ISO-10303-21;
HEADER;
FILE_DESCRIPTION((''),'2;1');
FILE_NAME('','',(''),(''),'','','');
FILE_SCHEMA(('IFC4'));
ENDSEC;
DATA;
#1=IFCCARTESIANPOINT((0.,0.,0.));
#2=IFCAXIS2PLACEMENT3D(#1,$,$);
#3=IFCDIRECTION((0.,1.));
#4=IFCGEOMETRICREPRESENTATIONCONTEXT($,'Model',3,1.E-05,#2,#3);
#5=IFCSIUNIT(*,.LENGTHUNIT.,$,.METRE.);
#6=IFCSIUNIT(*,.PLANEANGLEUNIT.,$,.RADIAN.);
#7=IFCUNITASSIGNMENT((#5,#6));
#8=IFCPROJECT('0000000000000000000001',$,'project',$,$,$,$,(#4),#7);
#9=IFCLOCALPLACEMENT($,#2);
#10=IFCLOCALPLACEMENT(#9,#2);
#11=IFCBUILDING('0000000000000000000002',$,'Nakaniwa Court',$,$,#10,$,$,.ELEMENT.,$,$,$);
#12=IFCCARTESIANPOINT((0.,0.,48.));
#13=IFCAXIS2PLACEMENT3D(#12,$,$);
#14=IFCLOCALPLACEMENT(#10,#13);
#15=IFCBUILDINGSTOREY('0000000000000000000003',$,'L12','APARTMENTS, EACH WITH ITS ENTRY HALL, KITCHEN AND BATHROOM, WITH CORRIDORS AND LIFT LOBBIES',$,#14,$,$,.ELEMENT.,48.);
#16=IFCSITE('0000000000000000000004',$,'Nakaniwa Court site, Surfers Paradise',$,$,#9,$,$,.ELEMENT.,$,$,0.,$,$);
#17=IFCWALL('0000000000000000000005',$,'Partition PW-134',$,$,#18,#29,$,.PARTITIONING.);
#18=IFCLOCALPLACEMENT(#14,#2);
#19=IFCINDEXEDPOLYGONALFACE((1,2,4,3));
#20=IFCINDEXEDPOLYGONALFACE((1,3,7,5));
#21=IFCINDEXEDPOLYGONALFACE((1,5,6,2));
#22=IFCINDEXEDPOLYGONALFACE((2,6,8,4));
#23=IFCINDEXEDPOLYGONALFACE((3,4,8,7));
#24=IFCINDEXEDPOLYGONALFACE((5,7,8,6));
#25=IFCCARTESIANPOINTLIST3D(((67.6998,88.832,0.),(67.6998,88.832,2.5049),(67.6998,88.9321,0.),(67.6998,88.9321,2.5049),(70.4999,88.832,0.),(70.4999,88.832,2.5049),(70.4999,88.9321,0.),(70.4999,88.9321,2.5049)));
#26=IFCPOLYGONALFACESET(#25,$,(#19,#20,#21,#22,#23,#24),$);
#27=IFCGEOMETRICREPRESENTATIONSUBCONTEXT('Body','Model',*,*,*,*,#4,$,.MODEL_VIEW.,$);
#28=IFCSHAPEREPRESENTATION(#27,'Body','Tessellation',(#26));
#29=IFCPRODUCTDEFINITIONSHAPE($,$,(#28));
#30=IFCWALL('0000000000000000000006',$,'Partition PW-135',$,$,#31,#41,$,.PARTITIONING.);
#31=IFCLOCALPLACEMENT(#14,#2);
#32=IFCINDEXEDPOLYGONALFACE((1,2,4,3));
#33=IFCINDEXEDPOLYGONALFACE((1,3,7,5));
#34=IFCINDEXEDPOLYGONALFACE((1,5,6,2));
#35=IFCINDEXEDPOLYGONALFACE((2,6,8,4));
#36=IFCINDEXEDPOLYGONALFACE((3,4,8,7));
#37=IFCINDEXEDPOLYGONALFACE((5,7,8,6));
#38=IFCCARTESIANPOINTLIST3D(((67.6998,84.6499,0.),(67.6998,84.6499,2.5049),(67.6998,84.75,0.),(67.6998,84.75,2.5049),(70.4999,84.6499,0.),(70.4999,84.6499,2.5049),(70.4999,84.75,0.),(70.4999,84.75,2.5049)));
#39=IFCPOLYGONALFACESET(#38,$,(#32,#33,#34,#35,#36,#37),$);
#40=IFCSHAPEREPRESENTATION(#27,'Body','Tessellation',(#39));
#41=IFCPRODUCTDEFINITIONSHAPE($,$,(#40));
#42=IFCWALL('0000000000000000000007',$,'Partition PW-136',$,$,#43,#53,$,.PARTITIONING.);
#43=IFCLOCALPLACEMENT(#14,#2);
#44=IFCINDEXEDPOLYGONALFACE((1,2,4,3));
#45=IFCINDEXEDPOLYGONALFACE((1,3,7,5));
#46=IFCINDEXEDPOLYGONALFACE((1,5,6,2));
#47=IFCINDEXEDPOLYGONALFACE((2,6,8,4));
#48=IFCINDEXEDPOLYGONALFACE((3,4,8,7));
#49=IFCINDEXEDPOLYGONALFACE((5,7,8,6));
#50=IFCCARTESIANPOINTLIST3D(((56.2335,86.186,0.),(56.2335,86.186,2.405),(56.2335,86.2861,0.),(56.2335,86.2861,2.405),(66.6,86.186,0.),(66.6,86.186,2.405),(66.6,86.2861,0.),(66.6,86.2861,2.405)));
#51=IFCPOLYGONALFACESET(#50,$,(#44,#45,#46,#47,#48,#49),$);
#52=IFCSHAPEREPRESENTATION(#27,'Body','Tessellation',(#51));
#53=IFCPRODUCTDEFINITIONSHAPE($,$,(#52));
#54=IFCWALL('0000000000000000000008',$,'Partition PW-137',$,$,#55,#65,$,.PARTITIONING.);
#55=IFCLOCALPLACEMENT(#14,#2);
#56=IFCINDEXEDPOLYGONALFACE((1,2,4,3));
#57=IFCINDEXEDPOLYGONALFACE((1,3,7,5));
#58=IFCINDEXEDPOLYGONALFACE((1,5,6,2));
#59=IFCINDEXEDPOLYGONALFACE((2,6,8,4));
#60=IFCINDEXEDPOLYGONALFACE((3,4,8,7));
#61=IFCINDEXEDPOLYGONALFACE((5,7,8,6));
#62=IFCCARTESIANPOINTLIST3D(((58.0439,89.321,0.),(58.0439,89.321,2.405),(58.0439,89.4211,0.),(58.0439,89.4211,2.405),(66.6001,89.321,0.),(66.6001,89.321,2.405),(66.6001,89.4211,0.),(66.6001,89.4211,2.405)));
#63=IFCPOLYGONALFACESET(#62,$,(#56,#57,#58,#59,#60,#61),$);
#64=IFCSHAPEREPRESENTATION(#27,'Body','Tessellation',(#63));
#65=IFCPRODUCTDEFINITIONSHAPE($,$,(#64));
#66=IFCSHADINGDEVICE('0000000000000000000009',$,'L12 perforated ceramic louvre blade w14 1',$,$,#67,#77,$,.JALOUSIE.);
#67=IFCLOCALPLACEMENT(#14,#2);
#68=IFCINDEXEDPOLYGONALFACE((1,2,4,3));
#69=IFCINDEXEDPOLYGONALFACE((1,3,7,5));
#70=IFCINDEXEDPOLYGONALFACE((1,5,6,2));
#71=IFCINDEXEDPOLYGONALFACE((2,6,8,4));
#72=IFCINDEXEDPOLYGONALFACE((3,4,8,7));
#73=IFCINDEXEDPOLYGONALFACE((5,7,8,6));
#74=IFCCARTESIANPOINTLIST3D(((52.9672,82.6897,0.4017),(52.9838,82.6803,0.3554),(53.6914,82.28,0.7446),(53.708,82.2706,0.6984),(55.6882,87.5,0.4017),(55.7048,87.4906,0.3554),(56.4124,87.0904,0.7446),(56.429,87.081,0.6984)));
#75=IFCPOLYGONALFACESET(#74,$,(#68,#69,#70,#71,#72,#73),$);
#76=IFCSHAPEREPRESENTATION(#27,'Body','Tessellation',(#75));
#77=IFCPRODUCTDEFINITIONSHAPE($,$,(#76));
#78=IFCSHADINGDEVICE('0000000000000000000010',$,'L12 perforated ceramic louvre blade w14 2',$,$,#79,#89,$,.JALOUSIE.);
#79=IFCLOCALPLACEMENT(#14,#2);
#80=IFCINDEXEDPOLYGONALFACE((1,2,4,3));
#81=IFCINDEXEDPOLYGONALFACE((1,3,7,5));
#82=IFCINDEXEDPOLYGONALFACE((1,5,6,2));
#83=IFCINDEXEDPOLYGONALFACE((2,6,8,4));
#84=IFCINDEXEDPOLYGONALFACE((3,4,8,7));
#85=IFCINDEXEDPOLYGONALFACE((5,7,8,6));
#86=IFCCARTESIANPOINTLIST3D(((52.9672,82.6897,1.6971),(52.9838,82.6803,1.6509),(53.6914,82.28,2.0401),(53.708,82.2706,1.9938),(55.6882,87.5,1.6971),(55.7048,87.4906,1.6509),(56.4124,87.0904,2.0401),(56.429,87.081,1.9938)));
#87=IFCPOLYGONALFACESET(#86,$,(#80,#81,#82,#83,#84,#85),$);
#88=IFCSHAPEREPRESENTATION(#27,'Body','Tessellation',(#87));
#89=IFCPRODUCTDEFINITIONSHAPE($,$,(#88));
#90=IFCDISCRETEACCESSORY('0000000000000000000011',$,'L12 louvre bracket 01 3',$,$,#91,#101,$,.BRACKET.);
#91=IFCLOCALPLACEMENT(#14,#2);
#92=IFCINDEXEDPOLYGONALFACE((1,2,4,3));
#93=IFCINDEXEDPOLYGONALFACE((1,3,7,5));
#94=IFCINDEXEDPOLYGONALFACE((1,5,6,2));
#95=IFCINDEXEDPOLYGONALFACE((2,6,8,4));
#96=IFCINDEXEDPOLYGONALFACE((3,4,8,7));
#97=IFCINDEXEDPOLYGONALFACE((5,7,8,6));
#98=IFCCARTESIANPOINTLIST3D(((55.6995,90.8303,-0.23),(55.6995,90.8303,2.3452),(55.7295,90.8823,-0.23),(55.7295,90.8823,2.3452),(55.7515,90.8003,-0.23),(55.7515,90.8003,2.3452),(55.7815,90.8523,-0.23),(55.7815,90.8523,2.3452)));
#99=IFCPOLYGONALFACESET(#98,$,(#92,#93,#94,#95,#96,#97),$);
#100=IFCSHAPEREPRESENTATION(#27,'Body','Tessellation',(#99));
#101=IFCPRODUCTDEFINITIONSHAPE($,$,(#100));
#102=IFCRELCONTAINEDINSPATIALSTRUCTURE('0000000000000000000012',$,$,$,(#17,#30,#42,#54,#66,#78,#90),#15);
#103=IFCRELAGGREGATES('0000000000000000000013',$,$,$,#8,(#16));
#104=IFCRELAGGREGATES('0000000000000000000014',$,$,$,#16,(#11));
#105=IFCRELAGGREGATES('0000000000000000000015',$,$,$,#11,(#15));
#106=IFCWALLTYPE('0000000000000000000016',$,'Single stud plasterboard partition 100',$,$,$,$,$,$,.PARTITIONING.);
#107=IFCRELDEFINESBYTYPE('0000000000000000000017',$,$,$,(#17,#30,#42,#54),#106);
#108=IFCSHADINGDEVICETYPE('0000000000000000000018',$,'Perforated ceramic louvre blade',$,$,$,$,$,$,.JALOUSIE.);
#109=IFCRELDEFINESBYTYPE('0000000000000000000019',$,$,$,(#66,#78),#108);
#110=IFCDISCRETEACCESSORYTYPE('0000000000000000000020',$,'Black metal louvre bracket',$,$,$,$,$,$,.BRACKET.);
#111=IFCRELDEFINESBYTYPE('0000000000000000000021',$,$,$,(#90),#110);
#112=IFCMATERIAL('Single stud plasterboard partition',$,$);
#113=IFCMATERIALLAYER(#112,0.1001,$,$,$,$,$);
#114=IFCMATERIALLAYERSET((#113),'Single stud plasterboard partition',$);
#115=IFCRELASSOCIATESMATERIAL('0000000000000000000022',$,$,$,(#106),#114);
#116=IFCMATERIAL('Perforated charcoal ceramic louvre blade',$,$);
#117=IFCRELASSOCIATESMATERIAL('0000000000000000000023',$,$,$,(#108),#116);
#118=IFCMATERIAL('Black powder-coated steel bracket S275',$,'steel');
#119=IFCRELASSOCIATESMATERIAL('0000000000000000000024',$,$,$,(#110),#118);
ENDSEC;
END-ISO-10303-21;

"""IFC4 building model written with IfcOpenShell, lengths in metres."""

from ifc_helpers import new_model, si_unit, direction, frame, frame_2d, origin, origin_2d, place, context, subcontext, project, spatial, rectangle, extrude, material, layer, layer_set, material_profile, profile_set, type_object, element, save


model = new_model("IFC4")

# Units and contexts
model_context = context("Model", 3, precision=1e-05, world=origin(), true_north=direction((0.0, 1.0)))
body_context = subcontext(model_context, "Body", "Model", "MODEL_VIEW")
ifc_project = project(units=[si_unit("LENGTHUNIT", "METRE"), si_unit("PLANEANGLEUNIT", "RADIAN")], contexts=[model_context])

# Site, building, storey
site_placement = place(None, origin())
site = spatial("IfcSite", under=ifc_project, at=site_placement, Name="Nakaniwa Court site, Surfers Paradise", CompositionType="ELEMENT", RefElevation=0.0)
building_placement = place(site_placement, origin())
building = spatial("IfcBuilding", under=site, at=building_placement, Name="Nakaniwa Court", CompositionType="ELEMENT")
storey_placement = place(building_placement, frame((0.0, 0.0, 48.0)))
storey = spatial("IfcBuildingStorey", under=building, at=storey_placement, Name="L12", Description="APARTMENTS, EACH WITH ITS ENTRY HALL, KITCHEN AND BATHROOM, WITH CORRIDORS AND LIFT LOBBIES", CompositionType="ELEMENT", Elevation=48.0)

# Shared definitions
ifc_material_1 = material(Name="Single stud plasterboard partition")
ifc_layer_1 = layer(ifc_material_1, 0.1001)
ifc_layer_set_1 = layer_set([ifc_layer_1], Name="Single stud plasterboard partition")
wall_type_1 = type_object("IfcWallType", Name="Single stud plasterboard partition 100", PredefinedType="PARTITIONING", material=ifc_layer_set_1)

# Walls
for number, where, z_axis, x_axis, name in (
    (1, (67.7, 88.8821, 0.0), (0.0, 0.0, 1.0), (1.0, 0.0, 0.0), "Partition PW-134"),
    (2, (67.7, 84.7, 0.0), (0.0, 0.0, 1.0), (1.0, 0.0, 0.0), "Partition PW-135"),
):
    element("IfcWall", number, at=place(storey_placement, frame(where, z_axis=z_axis, x_axis=x_axis)), inside=storey, type_object=wall_type_1, Name=name, PredefinedType="PARTITIONING", context=body_context, shape_type="SweptSolid", body=[
        extrude(rectangle(XDim=2.8, YDim=0.1001, at=frame_2d((1.3999, 0.0))), origin(), (0.0, 0.0, 1.0), 2.5049),
    ])
wall_1_placement = place(storey_placement, frame((56.2336, 86.2361, 0.0), z_axis=(0.0, 0.0, 1.0), x_axis=(1.0, 0.0, 0.0)))
element("IfcWall", 3, at=wall_1_placement, inside=storey, type_object=wall_type_1, Name="Partition PW-136", PredefinedType="PARTITIONING", context=body_context, shape_type="SweptSolid", body=[
    extrude(rectangle(XDim=10.3665, YDim=0.1001, at=frame_2d((5.1831, 0.0))), origin(), (0.0, 0.0, 1.0), 2.405),
])
wall_2_placement = place(storey_placement, frame((58.0439, 89.3711, 0.0), z_axis=(0.0, 0.0, 1.0), x_axis=(1.0, 0.0, 0.0)))
element("IfcWall", 4, at=wall_2_placement, inside=storey, type_object=wall_type_1, Name="Partition PW-137", PredefinedType="PARTITIONING", context=body_context, shape_type="SweptSolid", body=[
    extrude(rectangle(XDim=8.5562, YDim=0.1001, at=frame_2d((4.2781, 0.0))), origin(), (0.0, 0.0, 1.0), 2.405),
])

# Shading devices
ifc_material_2 = material(Name="Perforated charcoal ceramic louvre blade")
ifc_material_profile_1 = material_profile(ifc_material_2, rectangle(XDim=0.8999, YDim=0.05, at=origin_2d()), Name="Perforated ceramic louvre blade")
ifc_profile_set_1 = profile_set([ifc_material_profile_1], Name="Perforated charcoal ceramic louvre blade")
shading_device_type = type_object("IfcShadingDeviceType", Name="Perforated ceramic louvre blade", PredefinedType="JALOUSIE", material=ifc_profile_set_1)
for number, where, z_axis, x_axis, name in (
    (5, (56.0586, 87.2905, 0.55), (-0.492343, -0.870402, 0.0), (0.804726, -0.455193, 0.38107), "L12 perforated ceramic louvre blade w14 1"),
    (6, (56.0586, 87.2905, 1.8455), (-0.492343, -0.870402, 0.0), (0.804726, -0.455193, 0.38107), "L12 perforated ceramic louvre blade w14 2"),
):
    element("IfcShadingDevice", number, at=place(storey_placement, frame(where, z_axis=z_axis, x_axis=x_axis)), inside=storey, type_object=shading_device_type, Name=name, PredefinedType="JALOUSIE", context=body_context, shape_type="SweptSolid", body=[
        extrude(rectangle(XDim=0.8999, YDim=0.05, at=origin_2d()), origin(), (0.0, 0.0, 1.0), 5.5266),
    ])

# Discrete accessory
ifc_material_3 = material(Name="Black powder-coated steel bracket S275", Category="steel")
discrete_accessory_type = type_object("IfcDiscreteAccessoryType", Name="Black metal louvre bracket", PredefinedType="BRACKET", material=ifc_material_3)
discrete_accessory_placement = place(storey_placement, frame((55.7405, 90.8413, -0.23), z_axis=(0.0, 0.0, 1.0), x_axis=(-0.499974, -0.86604, 0.0)))
element("IfcDiscreteAccessory", 7, at=discrete_accessory_placement, inside=storey, type_object=discrete_accessory_type, Name="L12 louvre bracket 01 3", PredefinedType="BRACKET", context=body_context, shape_type="SweptSolid", body=[
    extrude(rectangle(XDim=0.0601, YDim=0.0601, at=origin_2d()), origin(), (0.0, 0.0, 1.0), 2.5752),
])

save(model, "model.ifc")
